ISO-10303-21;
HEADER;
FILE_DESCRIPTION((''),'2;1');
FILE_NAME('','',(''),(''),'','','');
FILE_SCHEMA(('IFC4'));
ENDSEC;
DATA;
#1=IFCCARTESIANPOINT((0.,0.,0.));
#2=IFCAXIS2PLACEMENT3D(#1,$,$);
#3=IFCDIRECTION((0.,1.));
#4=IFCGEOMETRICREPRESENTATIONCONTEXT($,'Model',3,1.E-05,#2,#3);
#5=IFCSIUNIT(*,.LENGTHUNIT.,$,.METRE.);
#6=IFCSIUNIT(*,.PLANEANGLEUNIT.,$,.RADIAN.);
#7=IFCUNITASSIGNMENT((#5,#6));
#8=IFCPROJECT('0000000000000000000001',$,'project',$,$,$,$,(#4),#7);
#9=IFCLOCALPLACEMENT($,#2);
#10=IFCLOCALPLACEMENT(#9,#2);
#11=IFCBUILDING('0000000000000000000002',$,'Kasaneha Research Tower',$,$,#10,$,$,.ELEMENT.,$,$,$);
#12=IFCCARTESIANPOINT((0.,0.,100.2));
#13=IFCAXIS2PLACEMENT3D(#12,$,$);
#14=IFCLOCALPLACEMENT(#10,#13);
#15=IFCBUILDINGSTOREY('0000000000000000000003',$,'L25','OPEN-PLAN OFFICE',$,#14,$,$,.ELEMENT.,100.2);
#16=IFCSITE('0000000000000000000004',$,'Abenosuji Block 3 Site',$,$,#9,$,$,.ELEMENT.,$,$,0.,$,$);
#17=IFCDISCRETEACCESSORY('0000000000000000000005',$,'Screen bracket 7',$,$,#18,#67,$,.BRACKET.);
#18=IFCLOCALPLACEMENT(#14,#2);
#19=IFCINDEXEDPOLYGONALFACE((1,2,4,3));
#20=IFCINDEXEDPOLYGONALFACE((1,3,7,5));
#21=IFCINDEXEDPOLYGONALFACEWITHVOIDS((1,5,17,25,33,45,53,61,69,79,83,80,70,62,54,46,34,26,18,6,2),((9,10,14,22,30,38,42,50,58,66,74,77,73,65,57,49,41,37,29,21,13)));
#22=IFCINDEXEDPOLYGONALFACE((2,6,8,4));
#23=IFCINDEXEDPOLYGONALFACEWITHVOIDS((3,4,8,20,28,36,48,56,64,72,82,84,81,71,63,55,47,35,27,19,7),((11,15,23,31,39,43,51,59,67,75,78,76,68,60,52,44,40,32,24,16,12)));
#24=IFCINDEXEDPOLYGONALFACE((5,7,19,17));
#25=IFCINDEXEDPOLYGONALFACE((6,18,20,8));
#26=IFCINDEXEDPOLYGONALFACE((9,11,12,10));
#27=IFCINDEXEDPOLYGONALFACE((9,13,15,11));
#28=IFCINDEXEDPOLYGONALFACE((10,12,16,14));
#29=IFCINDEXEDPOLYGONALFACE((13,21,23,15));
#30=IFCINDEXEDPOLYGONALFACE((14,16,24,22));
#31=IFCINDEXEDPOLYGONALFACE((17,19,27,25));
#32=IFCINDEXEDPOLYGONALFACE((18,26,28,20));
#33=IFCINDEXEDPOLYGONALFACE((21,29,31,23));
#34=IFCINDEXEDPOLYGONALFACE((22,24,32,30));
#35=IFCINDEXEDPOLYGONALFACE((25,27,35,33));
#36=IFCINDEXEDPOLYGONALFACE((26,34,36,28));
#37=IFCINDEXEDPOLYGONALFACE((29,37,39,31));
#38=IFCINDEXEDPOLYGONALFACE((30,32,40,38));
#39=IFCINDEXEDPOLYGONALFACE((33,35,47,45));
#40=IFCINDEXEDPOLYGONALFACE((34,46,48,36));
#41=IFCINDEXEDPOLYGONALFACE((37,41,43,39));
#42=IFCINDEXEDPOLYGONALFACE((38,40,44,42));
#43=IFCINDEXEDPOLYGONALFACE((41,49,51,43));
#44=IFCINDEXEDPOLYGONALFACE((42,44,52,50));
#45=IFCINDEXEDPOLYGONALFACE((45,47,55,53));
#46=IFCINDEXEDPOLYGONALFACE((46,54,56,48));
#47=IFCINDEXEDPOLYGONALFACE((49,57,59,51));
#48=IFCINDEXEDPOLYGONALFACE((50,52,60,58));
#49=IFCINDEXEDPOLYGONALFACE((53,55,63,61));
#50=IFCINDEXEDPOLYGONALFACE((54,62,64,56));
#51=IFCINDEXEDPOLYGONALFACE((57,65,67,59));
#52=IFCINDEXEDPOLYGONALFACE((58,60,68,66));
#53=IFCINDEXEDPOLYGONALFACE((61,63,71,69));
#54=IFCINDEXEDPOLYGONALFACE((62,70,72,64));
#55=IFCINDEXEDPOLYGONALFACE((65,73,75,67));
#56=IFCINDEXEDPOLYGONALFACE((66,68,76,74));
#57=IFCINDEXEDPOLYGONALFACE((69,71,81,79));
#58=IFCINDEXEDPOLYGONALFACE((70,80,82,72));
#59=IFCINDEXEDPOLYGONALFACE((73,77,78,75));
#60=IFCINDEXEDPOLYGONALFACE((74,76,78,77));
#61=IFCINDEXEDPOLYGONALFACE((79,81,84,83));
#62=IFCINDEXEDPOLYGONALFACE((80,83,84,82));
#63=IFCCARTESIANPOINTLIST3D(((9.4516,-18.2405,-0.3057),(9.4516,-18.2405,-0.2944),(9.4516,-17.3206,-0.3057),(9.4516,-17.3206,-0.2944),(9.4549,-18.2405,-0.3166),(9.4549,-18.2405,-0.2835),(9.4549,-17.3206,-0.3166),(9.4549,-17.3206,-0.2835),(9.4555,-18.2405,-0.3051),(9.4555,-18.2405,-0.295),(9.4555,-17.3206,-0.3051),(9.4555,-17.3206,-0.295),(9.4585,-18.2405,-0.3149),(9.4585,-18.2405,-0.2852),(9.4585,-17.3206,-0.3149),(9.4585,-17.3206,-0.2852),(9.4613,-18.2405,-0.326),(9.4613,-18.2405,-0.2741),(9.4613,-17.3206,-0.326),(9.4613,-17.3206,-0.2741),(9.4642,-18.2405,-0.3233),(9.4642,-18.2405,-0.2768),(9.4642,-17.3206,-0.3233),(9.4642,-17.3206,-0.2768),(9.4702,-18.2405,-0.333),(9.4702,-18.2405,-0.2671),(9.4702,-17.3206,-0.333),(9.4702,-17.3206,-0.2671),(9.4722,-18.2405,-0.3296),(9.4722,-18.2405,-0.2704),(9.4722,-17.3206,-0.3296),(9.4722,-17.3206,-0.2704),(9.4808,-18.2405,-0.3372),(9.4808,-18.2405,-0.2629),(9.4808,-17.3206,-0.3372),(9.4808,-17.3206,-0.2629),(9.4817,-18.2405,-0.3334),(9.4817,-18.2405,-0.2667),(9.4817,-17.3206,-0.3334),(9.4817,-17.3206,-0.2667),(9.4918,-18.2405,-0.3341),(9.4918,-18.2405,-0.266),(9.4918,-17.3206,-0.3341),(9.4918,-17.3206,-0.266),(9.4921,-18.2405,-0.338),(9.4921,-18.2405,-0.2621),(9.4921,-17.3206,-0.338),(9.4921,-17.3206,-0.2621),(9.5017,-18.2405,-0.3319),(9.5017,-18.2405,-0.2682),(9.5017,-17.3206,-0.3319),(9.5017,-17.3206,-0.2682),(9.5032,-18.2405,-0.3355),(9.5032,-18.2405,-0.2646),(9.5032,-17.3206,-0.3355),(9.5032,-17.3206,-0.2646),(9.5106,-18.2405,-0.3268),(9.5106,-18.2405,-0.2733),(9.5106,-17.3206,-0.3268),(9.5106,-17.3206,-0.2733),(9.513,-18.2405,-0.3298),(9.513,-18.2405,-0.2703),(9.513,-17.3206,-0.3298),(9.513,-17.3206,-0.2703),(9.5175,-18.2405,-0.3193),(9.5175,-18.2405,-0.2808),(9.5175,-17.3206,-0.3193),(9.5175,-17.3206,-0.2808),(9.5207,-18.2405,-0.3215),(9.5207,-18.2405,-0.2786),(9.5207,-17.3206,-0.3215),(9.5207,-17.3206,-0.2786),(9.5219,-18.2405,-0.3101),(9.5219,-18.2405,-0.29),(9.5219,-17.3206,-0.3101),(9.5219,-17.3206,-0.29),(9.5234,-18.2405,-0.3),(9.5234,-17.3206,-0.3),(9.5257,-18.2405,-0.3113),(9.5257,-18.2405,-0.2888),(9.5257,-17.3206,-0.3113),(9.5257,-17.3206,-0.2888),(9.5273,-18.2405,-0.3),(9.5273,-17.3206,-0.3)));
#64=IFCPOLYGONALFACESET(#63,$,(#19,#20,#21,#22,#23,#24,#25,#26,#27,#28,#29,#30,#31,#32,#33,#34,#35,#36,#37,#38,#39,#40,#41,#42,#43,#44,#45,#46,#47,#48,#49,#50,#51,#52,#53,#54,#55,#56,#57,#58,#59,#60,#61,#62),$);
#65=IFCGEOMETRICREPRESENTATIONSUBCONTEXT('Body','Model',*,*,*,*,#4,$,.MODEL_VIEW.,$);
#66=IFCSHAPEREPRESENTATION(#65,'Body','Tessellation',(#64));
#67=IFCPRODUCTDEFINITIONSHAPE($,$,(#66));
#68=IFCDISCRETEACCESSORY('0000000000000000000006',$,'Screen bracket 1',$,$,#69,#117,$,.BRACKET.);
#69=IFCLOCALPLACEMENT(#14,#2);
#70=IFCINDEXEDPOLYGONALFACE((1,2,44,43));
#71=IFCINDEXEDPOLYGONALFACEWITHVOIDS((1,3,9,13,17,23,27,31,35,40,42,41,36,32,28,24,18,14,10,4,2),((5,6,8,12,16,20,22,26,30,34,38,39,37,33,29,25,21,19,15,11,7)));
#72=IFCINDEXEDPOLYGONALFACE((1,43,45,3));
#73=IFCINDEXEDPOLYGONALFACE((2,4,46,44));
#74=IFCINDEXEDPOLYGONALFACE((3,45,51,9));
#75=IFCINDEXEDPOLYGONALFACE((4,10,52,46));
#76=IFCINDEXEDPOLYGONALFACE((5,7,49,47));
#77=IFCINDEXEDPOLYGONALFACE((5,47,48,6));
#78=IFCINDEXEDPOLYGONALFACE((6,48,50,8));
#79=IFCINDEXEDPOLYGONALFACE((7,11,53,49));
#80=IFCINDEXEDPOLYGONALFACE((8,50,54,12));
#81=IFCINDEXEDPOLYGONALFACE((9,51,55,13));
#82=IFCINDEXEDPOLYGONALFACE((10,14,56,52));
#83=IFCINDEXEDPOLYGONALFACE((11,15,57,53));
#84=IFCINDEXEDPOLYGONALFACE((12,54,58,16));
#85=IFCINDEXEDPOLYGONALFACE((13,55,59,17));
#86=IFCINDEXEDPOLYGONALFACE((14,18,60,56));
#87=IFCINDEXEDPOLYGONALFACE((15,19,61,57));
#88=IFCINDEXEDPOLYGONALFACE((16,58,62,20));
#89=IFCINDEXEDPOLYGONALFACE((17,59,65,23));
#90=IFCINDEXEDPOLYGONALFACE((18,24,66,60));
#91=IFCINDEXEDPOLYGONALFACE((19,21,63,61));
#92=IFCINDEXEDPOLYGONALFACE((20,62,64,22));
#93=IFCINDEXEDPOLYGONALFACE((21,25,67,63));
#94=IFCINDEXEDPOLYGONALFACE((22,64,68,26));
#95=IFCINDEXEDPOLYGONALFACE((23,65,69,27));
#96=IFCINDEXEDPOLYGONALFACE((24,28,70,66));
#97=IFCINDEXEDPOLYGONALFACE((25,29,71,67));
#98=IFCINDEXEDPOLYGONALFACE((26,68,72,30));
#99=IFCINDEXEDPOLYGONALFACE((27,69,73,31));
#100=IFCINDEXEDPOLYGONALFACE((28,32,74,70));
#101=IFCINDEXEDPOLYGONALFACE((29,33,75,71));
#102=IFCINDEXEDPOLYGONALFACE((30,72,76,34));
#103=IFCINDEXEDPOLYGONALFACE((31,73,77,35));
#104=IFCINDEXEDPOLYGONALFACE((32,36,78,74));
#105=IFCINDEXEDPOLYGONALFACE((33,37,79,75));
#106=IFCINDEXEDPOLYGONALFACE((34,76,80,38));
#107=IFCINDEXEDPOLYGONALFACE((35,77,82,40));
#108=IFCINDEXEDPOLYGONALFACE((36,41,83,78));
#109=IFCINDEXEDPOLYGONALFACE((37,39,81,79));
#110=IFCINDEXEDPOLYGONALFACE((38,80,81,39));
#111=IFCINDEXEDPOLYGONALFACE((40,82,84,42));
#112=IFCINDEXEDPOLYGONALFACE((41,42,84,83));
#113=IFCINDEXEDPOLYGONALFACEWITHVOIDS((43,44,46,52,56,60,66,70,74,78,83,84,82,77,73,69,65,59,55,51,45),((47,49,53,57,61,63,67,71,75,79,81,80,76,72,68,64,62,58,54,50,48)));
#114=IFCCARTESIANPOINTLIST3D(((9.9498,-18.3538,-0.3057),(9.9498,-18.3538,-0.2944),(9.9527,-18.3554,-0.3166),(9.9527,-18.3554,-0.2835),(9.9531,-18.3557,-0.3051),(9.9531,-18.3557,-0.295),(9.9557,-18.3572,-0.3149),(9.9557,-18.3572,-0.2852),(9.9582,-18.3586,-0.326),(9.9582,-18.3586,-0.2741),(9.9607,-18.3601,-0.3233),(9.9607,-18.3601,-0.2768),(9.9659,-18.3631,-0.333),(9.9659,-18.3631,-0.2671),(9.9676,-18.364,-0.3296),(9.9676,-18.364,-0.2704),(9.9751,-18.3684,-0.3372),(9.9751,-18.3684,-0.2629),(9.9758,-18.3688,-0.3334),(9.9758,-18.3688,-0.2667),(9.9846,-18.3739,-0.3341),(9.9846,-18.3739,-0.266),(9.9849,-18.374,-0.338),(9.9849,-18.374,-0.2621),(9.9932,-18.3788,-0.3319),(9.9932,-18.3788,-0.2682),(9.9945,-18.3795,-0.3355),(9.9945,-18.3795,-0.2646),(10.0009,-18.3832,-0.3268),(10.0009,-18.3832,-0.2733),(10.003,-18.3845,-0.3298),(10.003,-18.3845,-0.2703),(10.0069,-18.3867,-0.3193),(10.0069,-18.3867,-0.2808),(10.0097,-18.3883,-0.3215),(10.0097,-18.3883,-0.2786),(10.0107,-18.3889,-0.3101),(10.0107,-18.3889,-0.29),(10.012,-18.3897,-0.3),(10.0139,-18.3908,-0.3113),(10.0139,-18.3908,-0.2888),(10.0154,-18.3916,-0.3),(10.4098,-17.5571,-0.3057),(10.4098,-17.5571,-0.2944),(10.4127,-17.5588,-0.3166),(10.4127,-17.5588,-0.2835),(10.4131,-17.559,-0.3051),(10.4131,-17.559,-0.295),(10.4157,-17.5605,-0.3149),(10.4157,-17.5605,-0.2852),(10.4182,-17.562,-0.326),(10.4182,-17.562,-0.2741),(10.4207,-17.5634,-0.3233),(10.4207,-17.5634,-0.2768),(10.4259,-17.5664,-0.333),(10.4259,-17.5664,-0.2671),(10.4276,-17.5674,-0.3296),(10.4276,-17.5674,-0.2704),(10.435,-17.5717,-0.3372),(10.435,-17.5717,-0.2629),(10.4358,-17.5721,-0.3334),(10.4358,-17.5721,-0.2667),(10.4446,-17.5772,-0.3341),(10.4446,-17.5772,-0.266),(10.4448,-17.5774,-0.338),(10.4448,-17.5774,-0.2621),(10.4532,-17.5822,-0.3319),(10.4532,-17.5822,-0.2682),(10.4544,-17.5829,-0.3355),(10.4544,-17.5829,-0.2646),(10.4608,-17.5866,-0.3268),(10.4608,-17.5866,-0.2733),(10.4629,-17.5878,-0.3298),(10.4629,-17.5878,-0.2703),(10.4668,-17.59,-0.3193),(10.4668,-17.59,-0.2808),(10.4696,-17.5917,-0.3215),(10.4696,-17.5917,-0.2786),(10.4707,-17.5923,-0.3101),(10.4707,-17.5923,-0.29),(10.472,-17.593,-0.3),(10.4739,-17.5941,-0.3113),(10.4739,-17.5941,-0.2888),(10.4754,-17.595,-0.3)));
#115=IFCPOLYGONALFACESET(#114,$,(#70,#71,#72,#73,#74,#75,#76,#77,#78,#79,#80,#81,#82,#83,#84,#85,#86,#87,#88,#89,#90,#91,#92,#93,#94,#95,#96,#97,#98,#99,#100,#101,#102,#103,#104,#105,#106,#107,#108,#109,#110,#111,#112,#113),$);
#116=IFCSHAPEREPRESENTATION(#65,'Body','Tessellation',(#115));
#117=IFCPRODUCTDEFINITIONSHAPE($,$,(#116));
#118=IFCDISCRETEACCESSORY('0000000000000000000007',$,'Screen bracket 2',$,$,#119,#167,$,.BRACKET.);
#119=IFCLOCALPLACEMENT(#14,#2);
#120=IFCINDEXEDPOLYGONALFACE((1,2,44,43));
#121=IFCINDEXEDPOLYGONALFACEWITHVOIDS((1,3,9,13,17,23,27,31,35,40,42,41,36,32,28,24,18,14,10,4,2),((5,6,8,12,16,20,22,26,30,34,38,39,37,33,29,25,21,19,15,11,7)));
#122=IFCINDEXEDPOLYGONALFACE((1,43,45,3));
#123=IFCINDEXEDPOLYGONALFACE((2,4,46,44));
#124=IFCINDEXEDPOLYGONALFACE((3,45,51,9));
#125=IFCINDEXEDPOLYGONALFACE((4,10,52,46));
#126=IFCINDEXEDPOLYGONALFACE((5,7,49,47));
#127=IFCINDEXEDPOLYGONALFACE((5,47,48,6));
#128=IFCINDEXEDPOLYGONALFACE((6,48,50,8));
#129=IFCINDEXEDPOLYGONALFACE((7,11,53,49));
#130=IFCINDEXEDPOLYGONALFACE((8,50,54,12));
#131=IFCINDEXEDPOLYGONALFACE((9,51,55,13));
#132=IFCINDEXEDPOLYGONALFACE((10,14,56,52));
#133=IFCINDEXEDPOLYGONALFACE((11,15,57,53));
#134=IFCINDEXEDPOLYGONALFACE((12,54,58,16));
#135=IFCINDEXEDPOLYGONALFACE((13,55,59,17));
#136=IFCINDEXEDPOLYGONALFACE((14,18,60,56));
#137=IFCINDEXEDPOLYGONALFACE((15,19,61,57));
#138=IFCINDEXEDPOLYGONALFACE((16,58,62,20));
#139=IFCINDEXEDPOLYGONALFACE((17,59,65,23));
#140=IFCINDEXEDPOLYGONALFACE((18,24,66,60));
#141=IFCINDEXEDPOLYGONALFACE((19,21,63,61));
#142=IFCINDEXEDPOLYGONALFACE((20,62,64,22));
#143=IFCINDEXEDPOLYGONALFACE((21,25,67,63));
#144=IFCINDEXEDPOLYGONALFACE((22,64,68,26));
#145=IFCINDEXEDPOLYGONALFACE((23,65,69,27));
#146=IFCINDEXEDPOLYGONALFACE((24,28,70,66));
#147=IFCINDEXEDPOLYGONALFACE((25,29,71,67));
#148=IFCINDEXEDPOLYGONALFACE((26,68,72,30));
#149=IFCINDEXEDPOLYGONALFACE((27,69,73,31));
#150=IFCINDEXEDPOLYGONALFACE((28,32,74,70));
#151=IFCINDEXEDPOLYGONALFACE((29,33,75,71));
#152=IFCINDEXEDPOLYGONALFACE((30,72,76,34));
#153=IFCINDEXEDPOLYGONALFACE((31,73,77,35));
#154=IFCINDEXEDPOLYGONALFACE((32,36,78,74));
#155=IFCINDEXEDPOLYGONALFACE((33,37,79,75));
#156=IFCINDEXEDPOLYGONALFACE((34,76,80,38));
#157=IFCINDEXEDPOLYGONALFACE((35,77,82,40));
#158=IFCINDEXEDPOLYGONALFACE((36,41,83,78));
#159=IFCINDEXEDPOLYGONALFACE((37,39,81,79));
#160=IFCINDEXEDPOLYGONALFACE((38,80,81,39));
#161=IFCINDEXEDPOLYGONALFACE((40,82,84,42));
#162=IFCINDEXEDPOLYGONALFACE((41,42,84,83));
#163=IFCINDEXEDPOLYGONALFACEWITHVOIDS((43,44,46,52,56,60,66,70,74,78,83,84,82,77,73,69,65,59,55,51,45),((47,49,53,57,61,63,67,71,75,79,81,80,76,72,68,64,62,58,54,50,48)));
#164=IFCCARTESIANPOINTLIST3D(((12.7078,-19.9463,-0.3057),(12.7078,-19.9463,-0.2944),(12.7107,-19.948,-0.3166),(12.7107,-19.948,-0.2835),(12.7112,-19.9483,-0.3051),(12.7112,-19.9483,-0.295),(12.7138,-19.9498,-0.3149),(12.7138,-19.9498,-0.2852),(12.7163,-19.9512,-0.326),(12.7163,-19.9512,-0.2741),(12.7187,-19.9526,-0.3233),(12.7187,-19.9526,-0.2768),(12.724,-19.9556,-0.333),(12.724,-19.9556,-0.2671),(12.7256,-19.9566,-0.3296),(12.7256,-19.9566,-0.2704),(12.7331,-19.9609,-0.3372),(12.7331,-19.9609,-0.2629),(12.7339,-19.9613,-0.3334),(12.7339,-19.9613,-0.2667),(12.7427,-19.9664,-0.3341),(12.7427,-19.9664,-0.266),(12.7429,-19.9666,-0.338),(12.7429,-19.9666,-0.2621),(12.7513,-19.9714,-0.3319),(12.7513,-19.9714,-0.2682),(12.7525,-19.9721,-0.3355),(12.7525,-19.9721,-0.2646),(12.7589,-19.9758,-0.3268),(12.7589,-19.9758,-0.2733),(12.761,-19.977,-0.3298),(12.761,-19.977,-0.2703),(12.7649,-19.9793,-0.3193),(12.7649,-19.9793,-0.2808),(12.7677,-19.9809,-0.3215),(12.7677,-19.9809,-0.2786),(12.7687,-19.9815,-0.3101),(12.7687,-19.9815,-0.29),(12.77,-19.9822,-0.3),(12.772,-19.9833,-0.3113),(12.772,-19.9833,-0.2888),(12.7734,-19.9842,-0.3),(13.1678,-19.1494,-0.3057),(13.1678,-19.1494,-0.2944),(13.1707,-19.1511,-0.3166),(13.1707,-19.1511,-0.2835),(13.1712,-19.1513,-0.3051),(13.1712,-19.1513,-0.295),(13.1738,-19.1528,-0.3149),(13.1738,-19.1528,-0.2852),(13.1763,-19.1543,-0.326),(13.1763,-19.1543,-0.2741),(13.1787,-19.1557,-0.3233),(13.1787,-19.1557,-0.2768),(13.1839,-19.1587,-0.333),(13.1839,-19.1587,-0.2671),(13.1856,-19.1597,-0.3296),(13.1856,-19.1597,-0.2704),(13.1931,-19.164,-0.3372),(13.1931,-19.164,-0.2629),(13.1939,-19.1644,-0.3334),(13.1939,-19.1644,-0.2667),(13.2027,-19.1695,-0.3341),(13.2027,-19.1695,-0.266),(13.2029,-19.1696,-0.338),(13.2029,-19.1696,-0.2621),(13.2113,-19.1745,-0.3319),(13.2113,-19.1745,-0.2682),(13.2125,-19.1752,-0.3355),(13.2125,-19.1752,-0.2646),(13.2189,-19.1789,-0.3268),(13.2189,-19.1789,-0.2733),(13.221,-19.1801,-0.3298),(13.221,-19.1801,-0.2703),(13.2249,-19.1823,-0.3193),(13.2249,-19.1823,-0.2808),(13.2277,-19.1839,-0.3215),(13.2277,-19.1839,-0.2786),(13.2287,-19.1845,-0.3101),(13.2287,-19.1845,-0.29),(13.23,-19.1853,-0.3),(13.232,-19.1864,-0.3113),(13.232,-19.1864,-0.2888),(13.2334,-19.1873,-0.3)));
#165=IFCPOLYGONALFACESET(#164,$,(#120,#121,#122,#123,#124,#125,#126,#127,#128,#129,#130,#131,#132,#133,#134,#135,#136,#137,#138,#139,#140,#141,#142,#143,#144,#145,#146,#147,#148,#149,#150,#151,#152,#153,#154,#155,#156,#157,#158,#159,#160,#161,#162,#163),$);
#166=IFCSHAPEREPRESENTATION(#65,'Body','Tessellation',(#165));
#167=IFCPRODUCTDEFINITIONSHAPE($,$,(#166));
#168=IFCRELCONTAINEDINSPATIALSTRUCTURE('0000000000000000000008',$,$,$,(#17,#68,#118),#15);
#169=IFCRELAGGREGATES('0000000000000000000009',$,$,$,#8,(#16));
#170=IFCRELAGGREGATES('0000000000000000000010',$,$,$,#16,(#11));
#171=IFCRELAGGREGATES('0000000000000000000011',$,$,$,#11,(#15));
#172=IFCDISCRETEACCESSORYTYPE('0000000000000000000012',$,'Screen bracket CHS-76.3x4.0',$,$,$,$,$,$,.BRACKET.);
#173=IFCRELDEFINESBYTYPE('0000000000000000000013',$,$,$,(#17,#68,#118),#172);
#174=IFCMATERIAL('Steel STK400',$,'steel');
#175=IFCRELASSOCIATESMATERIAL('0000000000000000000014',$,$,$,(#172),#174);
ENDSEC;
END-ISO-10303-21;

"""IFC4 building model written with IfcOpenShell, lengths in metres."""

from ifc_helpers import new_model, si_unit, direction, frame, origin, origin_2d, place, context, subcontext, project, spatial, hollow_circle, extrude, material, material_profile, profile_set, type_object, element, save


model = new_model("IFC4")

# Units and contexts
model_context = context("Model", 3, precision=1e-05, world=origin(), true_north=direction((0.0, 1.0)))
body_context = subcontext(model_context, "Body", "Model", "MODEL_VIEW")
ifc_project = project(units=[si_unit("LENGTHUNIT", "METRE"), si_unit("PLANEANGLEUNIT", "RADIAN")], contexts=[model_context])

# Site, building, storey
site_placement = place(None, origin())
site = spatial("IfcSite", under=ifc_project, at=site_placement, Name="Abenosuji Block 3 Site", CompositionType="ELEMENT", RefElevation=0.0)
building_placement = place(site_placement, origin())
building = spatial("IfcBuilding", under=site, at=building_placement, Name="Kasaneha Research Tower", CompositionType="ELEMENT")
storey_placement = place(building_placement, frame((0.0, 0.0, 100.2)))
storey = spatial("IfcBuildingStorey", under=building, at=storey_placement, Name="L25", Description="OPEN-PLAN OFFICE", CompositionType="ELEMENT", Elevation=100.2)

# Discrete accessories
ifc_material_1 = material(Name="Steel STK400", Category="steel")
ifc_material_profile_1 = material_profile(ifc_material_1, hollow_circle(Radius=0.0381, WallThickness=0.0039, at=origin_2d()), Name="CHS-76.3x4.0")
ifc_profile_set_1 = profile_set([ifc_material_profile_1], Name="Steel STK400")
discrete_accessory_type = type_object("IfcDiscreteAccessoryType", Name="Screen bracket CHS-76.3x4.0", PredefinedType="BRACKET", material=ifc_profile_set_1)
for number, where, z_axis, x_axis, name in (
    (1, (9.4893, -17.3206, -0.3), (0.0, -1.0, 0.0), (1.0, 0.0, 0.0), "Screen bracket 7"),
    (2, (10.4424, -17.5759, -0.3), (-0.500021, -0.866013, 0.0), (0.866013, -0.500021, 0.0), "Screen bracket 1"),
):
    element("IfcDiscreteAccessory", number, at=place(storey_placement, frame(where, z_axis=z_axis, x_axis=x_axis)), inside=storey, type_object=discrete_accessory_type, Name=name, PredefinedType="BRACKET", context=body_context, shape_type="SweptSolid", body=[
        extrude(hollow_circle(Radius=0.0381, WallThickness=0.0039, at=origin_2d()), origin(), (0.0, 0.0, 1.0), 0.9199),
    ])
discrete_accessory_1_placement = place(storey_placement, frame((13.2004, -19.1682, -0.3), z_axis=(-0.499906, -0.86608, 0.0), x_axis=(0.86608, -0.499906, 0.0)))
element("IfcDiscreteAccessory", 3, at=discrete_accessory_1_placement, inside=storey, type_object=discrete_accessory_type, Name="Screen bracket 2", PredefinedType="BRACKET", context=body_context, shape_type="SweptSolid", body=[
    extrude(hollow_circle(Radius=0.0381, WallThickness=0.0039, at=origin_2d()), origin(), (0.0, 0.0, 1.0), 0.9202),
])

save(model, "model.ifc")
